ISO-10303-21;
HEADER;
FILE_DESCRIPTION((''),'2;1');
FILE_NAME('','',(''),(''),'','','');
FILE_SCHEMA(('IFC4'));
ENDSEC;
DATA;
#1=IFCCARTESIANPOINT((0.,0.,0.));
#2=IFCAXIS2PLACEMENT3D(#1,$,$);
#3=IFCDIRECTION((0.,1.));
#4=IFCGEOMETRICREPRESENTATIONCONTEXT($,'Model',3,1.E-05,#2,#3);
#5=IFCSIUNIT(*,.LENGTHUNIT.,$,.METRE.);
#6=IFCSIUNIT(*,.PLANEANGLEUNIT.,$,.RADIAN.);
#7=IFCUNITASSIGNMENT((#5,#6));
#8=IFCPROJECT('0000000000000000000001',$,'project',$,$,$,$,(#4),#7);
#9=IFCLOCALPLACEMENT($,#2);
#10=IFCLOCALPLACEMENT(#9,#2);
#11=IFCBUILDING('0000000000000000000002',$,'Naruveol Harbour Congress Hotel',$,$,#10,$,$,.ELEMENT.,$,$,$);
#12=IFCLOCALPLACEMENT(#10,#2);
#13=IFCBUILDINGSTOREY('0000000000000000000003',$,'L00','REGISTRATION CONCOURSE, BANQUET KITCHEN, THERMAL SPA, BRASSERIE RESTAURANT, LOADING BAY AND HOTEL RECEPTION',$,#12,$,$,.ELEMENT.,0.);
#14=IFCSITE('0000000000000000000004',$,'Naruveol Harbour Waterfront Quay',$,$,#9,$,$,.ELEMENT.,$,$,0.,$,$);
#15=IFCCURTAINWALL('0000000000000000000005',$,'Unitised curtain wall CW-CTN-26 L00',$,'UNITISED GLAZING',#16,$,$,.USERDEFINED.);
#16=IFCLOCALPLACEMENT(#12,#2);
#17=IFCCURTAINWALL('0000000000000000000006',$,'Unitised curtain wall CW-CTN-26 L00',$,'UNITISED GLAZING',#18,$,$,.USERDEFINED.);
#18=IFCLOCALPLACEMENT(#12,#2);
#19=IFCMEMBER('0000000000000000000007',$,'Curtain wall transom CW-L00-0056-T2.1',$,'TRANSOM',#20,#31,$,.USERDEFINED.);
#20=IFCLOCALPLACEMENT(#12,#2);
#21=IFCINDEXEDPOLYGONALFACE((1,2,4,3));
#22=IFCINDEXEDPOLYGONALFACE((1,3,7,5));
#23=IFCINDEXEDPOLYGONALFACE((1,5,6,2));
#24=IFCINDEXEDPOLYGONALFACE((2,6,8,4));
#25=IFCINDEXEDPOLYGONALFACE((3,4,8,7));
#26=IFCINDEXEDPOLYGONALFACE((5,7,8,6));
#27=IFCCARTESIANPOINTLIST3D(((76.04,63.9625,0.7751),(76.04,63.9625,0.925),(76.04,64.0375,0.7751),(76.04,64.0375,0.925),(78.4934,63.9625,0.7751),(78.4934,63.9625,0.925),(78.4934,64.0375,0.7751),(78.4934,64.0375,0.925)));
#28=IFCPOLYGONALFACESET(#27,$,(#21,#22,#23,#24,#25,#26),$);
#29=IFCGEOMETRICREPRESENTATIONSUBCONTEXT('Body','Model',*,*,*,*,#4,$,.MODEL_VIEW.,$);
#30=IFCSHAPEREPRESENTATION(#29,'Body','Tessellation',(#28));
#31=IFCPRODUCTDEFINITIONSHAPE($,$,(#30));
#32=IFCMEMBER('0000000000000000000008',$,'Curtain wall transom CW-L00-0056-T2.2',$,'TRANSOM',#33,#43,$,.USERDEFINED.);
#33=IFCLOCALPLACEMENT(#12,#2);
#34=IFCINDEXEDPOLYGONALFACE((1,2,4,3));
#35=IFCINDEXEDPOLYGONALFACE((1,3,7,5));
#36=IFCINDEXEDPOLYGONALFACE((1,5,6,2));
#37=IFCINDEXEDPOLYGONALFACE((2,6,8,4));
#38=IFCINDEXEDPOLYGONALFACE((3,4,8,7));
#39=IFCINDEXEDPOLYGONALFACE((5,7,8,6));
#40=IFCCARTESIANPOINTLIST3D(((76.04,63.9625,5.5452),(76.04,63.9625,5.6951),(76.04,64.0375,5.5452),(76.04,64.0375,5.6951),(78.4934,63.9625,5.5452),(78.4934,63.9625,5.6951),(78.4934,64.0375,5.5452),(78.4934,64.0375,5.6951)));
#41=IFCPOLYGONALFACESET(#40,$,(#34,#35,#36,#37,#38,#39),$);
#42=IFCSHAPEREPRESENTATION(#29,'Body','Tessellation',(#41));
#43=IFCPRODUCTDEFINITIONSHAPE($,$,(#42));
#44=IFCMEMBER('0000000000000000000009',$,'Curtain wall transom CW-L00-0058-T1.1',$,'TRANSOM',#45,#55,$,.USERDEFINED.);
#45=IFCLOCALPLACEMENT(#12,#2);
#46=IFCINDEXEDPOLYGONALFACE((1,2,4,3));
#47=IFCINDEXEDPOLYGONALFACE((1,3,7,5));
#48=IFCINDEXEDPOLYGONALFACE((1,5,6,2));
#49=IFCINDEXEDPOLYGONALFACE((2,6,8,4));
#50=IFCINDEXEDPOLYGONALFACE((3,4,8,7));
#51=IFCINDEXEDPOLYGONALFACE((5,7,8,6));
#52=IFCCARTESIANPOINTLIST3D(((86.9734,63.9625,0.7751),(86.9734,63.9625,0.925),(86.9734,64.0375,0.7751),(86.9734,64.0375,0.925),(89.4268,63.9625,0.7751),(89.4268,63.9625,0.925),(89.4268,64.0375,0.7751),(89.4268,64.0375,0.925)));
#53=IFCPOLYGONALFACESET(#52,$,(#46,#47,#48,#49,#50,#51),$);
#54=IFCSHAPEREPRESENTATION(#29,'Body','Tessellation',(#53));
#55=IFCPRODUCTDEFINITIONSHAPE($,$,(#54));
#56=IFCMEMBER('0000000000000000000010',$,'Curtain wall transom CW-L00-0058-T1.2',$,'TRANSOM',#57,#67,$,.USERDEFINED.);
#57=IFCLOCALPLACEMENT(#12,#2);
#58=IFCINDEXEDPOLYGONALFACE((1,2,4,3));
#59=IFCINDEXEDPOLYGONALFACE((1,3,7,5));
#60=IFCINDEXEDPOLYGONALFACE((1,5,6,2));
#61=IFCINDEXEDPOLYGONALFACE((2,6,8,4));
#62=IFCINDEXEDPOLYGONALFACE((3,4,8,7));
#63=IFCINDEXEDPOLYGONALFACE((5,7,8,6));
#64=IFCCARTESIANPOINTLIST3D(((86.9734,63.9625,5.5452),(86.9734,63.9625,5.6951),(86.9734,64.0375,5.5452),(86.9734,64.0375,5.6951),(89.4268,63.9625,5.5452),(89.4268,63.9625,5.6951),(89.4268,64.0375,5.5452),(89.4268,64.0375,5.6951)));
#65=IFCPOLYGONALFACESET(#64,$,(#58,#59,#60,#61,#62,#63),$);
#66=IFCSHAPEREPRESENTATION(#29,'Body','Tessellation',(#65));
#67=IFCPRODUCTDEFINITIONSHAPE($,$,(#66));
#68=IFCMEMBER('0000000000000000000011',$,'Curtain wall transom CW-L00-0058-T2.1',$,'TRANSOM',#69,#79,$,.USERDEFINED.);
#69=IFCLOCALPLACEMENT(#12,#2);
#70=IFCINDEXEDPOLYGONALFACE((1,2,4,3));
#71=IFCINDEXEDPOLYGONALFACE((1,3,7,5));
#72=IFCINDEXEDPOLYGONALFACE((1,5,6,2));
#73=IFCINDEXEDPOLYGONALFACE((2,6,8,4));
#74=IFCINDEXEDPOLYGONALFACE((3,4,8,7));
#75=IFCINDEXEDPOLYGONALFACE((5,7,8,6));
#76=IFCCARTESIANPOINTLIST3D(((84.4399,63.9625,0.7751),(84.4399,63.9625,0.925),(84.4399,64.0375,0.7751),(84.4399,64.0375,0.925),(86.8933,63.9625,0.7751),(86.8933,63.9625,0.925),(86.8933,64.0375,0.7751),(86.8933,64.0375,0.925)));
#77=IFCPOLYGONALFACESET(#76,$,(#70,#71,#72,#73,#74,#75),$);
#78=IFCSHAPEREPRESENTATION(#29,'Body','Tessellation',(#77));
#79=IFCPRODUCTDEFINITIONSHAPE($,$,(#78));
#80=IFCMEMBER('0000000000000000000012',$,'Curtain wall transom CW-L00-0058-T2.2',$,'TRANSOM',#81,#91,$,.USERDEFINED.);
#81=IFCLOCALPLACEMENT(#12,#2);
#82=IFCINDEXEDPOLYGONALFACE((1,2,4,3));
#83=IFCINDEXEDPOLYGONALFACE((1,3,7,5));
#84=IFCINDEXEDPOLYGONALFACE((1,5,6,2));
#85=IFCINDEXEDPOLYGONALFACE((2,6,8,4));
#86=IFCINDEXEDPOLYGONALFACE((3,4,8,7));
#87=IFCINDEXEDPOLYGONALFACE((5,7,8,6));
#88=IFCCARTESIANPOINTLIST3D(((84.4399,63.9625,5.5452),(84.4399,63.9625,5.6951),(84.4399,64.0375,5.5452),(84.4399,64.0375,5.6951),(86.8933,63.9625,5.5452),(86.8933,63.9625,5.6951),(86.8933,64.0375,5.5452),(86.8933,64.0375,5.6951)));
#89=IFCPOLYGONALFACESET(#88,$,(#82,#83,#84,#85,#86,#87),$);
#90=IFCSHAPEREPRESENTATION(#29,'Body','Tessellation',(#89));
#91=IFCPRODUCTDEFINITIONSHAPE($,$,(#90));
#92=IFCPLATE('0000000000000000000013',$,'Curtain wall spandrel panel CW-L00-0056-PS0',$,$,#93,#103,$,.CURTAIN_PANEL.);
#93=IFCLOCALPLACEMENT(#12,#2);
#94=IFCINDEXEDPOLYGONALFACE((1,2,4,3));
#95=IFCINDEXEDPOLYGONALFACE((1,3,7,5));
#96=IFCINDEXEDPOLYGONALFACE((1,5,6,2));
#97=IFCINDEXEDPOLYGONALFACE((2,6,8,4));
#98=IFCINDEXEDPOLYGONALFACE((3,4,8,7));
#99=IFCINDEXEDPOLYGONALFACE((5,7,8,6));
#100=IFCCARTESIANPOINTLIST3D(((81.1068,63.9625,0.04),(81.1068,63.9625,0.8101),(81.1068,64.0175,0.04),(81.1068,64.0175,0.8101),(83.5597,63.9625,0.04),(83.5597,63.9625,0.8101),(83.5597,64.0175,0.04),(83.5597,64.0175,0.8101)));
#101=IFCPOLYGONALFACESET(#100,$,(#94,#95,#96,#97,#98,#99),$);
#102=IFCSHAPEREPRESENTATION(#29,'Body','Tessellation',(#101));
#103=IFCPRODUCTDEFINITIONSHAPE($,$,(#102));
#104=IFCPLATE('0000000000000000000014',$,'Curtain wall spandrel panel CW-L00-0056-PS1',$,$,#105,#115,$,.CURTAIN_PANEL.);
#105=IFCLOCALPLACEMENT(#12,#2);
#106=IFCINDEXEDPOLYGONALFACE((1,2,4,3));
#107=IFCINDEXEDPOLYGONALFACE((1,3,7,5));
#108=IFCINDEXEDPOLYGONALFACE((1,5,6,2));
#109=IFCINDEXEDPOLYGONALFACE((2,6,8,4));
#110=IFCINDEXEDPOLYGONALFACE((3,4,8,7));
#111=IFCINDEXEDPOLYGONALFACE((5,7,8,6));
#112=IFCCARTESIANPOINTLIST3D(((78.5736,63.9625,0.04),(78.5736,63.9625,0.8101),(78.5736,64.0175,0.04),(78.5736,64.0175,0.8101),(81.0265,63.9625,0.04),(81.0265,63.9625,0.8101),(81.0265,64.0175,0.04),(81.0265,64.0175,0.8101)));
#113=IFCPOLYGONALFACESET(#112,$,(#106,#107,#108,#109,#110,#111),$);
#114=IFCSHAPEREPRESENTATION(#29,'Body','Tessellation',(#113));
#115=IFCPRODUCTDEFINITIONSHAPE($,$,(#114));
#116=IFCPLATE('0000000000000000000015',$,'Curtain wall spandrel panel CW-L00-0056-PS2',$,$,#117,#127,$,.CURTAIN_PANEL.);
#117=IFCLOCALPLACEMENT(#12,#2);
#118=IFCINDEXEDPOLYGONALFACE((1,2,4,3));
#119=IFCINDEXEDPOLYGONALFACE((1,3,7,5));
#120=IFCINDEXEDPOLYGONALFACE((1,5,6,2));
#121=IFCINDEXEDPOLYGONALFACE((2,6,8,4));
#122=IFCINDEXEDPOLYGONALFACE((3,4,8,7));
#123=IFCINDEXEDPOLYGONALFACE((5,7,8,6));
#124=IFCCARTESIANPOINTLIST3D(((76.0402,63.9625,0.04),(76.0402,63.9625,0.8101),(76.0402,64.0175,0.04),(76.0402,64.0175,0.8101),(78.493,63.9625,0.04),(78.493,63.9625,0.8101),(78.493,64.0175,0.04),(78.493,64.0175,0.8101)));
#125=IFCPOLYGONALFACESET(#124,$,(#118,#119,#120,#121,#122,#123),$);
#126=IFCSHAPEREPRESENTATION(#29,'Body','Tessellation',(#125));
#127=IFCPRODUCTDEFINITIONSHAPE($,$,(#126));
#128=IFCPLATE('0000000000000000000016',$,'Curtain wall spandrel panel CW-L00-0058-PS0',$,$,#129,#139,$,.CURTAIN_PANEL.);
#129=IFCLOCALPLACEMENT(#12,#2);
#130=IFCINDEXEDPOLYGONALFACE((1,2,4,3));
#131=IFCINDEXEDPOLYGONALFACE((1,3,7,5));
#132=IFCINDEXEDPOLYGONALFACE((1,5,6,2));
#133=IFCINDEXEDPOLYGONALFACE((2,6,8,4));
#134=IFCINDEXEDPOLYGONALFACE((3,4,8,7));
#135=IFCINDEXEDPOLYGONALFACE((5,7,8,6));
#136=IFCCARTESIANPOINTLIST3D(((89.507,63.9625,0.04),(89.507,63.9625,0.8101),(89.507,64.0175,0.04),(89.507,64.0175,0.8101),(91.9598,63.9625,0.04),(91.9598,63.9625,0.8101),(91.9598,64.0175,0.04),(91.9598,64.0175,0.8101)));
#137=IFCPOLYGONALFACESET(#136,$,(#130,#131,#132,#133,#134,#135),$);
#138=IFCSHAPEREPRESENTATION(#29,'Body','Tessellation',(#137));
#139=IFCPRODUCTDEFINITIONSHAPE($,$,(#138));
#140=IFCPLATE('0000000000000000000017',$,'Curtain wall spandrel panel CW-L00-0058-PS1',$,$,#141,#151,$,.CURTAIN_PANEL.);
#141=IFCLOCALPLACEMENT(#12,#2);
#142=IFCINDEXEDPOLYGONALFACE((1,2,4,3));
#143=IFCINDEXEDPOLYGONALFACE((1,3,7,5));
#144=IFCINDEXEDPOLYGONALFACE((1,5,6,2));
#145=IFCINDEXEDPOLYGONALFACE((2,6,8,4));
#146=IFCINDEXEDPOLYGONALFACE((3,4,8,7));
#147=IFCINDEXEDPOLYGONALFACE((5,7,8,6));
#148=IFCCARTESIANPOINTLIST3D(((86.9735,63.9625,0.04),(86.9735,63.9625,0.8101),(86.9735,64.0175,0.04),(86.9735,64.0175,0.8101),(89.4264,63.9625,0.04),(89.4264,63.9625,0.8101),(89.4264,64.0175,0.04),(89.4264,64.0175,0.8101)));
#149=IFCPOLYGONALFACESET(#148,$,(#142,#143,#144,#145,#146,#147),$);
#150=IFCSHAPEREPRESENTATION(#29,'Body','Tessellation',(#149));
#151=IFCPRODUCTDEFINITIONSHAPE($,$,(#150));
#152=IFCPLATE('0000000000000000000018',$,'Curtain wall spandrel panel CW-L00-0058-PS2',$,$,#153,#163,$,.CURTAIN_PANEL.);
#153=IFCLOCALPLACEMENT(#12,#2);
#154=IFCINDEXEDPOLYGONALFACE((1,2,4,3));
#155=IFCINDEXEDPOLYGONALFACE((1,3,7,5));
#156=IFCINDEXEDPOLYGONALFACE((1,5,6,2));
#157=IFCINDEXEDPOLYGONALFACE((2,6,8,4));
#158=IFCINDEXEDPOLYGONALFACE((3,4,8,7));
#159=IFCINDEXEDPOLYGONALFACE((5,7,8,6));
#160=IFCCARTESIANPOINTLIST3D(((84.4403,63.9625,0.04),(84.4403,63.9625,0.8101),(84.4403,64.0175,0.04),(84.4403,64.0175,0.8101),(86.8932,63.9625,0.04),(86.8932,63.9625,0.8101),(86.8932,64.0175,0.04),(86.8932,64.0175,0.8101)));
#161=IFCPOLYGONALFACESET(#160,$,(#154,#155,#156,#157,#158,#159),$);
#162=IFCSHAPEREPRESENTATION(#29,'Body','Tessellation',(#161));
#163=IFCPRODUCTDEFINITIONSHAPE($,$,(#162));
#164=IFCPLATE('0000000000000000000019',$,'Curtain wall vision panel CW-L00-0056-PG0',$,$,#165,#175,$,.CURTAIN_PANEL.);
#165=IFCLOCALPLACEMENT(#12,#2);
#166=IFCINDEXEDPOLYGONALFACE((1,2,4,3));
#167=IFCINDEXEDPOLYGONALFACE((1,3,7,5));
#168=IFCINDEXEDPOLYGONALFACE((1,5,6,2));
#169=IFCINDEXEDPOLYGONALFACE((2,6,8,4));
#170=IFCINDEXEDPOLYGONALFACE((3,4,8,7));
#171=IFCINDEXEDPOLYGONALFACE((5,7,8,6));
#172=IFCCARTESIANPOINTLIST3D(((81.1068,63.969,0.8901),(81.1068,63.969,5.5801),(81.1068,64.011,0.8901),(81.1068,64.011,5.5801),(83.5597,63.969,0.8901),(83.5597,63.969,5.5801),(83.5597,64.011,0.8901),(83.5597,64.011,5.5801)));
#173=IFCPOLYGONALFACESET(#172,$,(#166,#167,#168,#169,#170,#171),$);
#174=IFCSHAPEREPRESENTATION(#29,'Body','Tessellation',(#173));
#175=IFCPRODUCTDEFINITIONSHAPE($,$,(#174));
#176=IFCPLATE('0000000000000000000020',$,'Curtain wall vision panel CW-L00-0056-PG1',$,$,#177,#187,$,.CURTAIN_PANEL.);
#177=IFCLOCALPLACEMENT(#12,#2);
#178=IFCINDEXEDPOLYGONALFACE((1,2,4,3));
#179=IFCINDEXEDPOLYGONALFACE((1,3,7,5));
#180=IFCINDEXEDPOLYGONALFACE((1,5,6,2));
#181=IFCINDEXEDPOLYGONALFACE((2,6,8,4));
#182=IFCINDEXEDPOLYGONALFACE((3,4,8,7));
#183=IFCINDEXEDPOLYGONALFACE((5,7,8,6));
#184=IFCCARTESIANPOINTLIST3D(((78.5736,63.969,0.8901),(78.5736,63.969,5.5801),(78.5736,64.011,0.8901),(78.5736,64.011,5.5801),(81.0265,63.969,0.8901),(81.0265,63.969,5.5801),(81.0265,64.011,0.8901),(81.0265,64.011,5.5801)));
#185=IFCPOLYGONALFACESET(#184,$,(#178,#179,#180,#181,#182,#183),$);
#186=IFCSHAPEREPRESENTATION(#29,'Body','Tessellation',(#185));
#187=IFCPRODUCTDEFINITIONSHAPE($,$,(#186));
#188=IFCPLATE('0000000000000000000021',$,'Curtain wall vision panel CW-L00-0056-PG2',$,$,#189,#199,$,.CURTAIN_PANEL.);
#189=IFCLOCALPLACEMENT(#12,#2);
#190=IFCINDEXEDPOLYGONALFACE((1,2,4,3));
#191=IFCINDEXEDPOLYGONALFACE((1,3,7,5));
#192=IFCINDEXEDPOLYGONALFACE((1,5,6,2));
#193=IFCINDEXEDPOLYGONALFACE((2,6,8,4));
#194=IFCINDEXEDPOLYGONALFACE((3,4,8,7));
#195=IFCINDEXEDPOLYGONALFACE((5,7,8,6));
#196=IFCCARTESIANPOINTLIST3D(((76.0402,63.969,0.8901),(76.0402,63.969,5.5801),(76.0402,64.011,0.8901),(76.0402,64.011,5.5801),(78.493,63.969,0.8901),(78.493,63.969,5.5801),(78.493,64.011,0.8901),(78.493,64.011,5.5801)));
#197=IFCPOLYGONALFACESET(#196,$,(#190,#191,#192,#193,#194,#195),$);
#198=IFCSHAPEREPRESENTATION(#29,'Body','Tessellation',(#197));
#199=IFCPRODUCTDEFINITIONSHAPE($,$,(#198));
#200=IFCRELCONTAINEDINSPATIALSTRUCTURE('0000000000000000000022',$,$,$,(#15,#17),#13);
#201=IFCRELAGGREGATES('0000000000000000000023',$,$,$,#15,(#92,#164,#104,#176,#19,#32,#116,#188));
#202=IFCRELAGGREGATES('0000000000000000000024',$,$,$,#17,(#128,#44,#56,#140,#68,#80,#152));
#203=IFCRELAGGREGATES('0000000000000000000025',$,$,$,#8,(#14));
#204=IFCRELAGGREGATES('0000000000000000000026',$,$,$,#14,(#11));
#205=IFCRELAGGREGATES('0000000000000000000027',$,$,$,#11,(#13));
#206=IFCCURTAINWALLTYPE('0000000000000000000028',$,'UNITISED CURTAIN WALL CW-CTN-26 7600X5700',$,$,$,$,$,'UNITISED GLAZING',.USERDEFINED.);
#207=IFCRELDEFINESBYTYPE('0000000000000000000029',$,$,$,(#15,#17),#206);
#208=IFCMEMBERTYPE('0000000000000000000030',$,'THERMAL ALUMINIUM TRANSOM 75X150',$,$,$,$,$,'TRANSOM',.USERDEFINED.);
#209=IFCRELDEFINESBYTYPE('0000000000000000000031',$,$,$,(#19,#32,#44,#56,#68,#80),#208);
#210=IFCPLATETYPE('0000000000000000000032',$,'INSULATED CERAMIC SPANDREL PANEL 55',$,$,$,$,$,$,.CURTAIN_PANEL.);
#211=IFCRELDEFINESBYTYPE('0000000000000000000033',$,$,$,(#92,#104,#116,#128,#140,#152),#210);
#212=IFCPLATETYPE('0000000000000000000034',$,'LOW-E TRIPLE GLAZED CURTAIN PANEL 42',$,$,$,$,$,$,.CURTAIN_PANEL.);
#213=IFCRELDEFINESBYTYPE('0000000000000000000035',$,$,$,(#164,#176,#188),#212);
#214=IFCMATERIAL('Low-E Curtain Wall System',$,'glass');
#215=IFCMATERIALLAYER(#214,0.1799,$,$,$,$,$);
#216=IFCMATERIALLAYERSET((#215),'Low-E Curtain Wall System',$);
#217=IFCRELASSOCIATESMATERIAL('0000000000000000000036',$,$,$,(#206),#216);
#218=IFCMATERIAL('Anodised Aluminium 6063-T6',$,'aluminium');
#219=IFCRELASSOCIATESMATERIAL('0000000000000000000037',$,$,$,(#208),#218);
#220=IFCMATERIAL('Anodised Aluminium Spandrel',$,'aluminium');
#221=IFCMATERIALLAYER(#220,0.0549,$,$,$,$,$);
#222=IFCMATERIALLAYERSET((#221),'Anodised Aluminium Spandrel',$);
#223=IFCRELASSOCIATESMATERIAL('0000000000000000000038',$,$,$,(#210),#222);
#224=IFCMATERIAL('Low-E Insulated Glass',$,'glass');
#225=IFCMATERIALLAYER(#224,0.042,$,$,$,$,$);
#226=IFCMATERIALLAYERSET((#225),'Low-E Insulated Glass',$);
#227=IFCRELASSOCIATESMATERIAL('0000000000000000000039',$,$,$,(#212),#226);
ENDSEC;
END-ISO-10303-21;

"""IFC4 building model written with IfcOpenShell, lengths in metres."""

from ifc_helpers import new_model, si_unit, direction, frame, origin, origin_2d, place, context, subcontext, project, spatial, rectangle, extrude, material, layer, layer_set, material_profile, profile_set, type_object, element, aggregate, save


model = new_model("IFC4")

# Units and contexts
model_context = context("Model", 3, precision=1e-05, world=origin(), true_north=direction((0.0, 1.0)))
body_context = subcontext(model_context, "Body", "Model", "MODEL_VIEW")
ifc_project = project(units=[si_unit("LENGTHUNIT", "METRE"), si_unit("PLANEANGLEUNIT", "RADIAN")], contexts=[model_context])

# Site, building, storey
site_placement = place(None, origin())
site = spatial("IfcSite", under=ifc_project, at=site_placement, Name="Naruveol Harbour Waterfront Quay", CompositionType="ELEMENT", RefElevation=0.0)
building_placement = place(site_placement, origin())
building = spatial("IfcBuilding", under=site, at=building_placement, Name="Naruveol Harbour Congress Hotel", CompositionType="ELEMENT")
storey_placement = place(building_placement, origin())
storey = spatial("IfcBuildingStorey", under=building, at=storey_placement, Name="L00", Description="REGISTRATION CONCOURSE, BANQUET KITCHEN, THERMAL SPA, BRASSERIE RESTAURANT, LOADING BAY AND HOTEL RECEPTION", CompositionType="ELEMENT", Elevation=0.0)

# Curtain walls
ifc_material_1 = material(Name="Low-E Curtain Wall System", Category="glass")
ifc_layer_1 = layer(ifc_material_1, 0.1799)
ifc_layer_set_1 = layer_set([ifc_layer_1], Name="Low-E Curtain Wall System")
curtain_wall_type = type_object("IfcCurtainWallType", Name="UNITISED CURTAIN WALL CW-CTN-26 7600X5700", ElementType="UNITISED GLAZING", PredefinedType="USERDEFINED", material=ifc_layer_set_1)
curtain_wall_1_placement = place(storey_placement, origin())
curtain_wall_1 = element("IfcCurtainWall", 1, at=curtain_wall_1_placement, inside=storey, type_object=curtain_wall_type, Name="Unitised curtain wall CW-CTN-26 L00", ObjectType="UNITISED GLAZING", PredefinedType="USERDEFINED")
curtain_wall_2_placement = place(storey_placement, origin())
curtain_wall_2 = element("IfcCurtainWall", 2, at=curtain_wall_2_placement, inside=storey, type_object=curtain_wall_type, Name="Unitised curtain wall CW-CTN-26 L00", ObjectType="UNITISED GLAZING", PredefinedType="USERDEFINED")

# Members
ifc_material_2 = material(Name="Anodised Aluminium 6063-T6", Category="aluminium")
ifc_material_profile_1 = material_profile(ifc_material_2, rectangle(XDim=0.075, YDim=0.1499, at=origin_2d()), Name="ALU-75x150")
ifc_profile_set_1 = profile_set([ifc_material_profile_1], Name="Anodised Aluminium 6063-T6")
member_type_1 = type_object("IfcMemberType", Name="THERMAL ALUMINIUM TRANSOM 75X150", ElementType="TRANSOM", PredefinedType="USERDEFINED", material=ifc_profile_set_1)
member_1_placement = place(storey_placement, frame((78.4934, 64.0, 0.8501), z_axis=(-1.0, 0.0, 0.0), x_axis=(0.0, -1.0, 0.0)))
member_1 = element("IfcMember", 3, at=member_1_placement, type_object=member_type_1, Name="Curtain wall transom CW-L00-0056-T2.1", ObjectType="TRANSOM", PredefinedType="USERDEFINED", context=body_context, shape_type="SweptSolid", body=[
    extrude(rectangle(XDim=0.075, YDim=0.1499, at=origin_2d()), origin(), (0.0, 0.0, 1.0), 2.4534),
])
member_2_placement = place(storey_placement, frame((78.4934, 64.0, 5.6201), z_axis=(-1.0, 0.0, 0.0), x_axis=(0.0, -1.0, 0.0)))
member_2 = element("IfcMember", 4, at=member_2_placement, type_object=member_type_1, Name="Curtain wall transom CW-L00-0056-T2.2", ObjectType="TRANSOM", PredefinedType="USERDEFINED", context=body_context, shape_type="SweptSolid", body=[
    extrude(rectangle(XDim=0.075, YDim=0.1499, at=origin_2d()), origin(), (0.0, 0.0, 1.0), 2.4534),
])
member_3_placement = place(storey_placement, frame((89.4268, 64.0, 0.8501), z_axis=(-1.0, 0.0, 0.0), x_axis=(0.0, -1.0, 0.0)))
member_3 = element("IfcMember", 5, at=member_3_placement, type_object=member_type_1, Name="Curtain wall transom CW-L00-0058-T1.1", ObjectType="TRANSOM", PredefinedType="USERDEFINED", context=body_context, shape_type="SweptSolid", body=[
    extrude(rectangle(XDim=0.075, YDim=0.1499, at=origin_2d()), origin(), (0.0, 0.0, 1.0), 2.4534),
])
member_4_placement = place(storey_placement, frame((89.4268, 64.0, 5.6201), z_axis=(-1.0, 0.0, 0.0), x_axis=(0.0, -1.0, 0.0)))
member_4 = element("IfcMember", 6, at=member_4_placement, type_object=member_type_1, Name="Curtain wall transom CW-L00-0058-T1.2", ObjectType="TRANSOM", PredefinedType="USERDEFINED", context=body_context, shape_type="SweptSolid", body=[
    extrude(rectangle(XDim=0.075, YDim=0.1499, at=origin_2d()), origin(), (0.0, 0.0, 1.0), 2.4534),
])
member_5_placement = place(storey_placement, frame((86.8933, 64.0, 0.8501), z_axis=(-1.0, 0.0, 0.0), x_axis=(0.0, -1.0, 0.0)))
member_5 = element("IfcMember", 7, at=member_5_placement, type_object=member_type_1, Name="Curtain wall transom CW-L00-0058-T2.1", ObjectType="TRANSOM", PredefinedType="USERDEFINED", context=body_context, shape_type="SweptSolid", body=[
    extrude(rectangle(XDim=0.075, YDim=0.1499, at=origin_2d()), origin(), (0.0, 0.0, 1.0), 2.4534),
])
member_6_placement = place(storey_placement, frame((86.8933, 64.0, 5.6201), z_axis=(-1.0, 0.0, 0.0), x_axis=(0.0, -1.0, 0.0)))
member_6 = element("IfcMember", 8, at=member_6_placement, type_object=member_type_1, Name="Curtain wall transom CW-L00-0058-T2.2", ObjectType="TRANSOM", PredefinedType="USERDEFINED", context=body_context, shape_type="SweptSolid", body=[
    extrude(rectangle(XDim=0.075, YDim=0.1499, at=origin_2d()), origin(), (0.0, 0.0, 1.0), 2.4534),
])

# Plates
ifc_material_3 = material(Name="Anodised Aluminium Spandrel", Category="aluminium")
ifc_layer_2 = layer(ifc_material_3, 0.0549)
ifc_layer_set_2 = layer_set([ifc_layer_2], Name="Anodised Aluminium Spandrel")
plate_type_1 = type_object("IfcPlateType", Name="INSULATED CERAMIC SPANDREL PANEL 55", PredefinedType="CURTAIN_PANEL", material=ifc_layer_set_2)
plate_1_placement = place(storey_placement, frame((82.3333, 63.99, 0.04), z_axis=(0.0, 0.0, 1.0), x_axis=(-1.0, 0.0, 0.0)))
plate_1 = element("IfcPlate", 9, at=plate_1_placement, type_object=plate_type_1, Name="Curtain wall spandrel panel CW-L00-0056-PS0", PredefinedType="CURTAIN_PANEL", context=body_context, shape_type="SweptSolid", body=[
    extrude(rectangle(XDim=2.4529, YDim=0.0549, at=origin_2d()), origin(), (0.0, 0.0, 1.0), 0.77),
])
plate_2_placement = place(storey_placement, frame((79.8, 63.99, 0.04), z_axis=(0.0, 0.0, 1.0), x_axis=(-1.0, 0.0, 0.0)))
plate_2 = element("IfcPlate", 10, at=plate_2_placement, type_object=plate_type_1, Name="Curtain wall spandrel panel CW-L00-0056-PS1", PredefinedType="CURTAIN_PANEL", context=body_context, shape_type="SweptSolid", body=[
    extrude(rectangle(XDim=2.4529, YDim=0.0549, at=origin_2d()), origin(), (0.0, 0.0, 1.0), 0.77),
])
plate_3_placement = place(storey_placement, frame((77.2666, 63.99, 0.04), z_axis=(0.0, 0.0, 1.0), x_axis=(-1.0, 0.0, 0.0)))
plate_3 = element("IfcPlate", 11, at=plate_3_placement, type_object=plate_type_1, Name="Curtain wall spandrel panel CW-L00-0056-PS2", PredefinedType="CURTAIN_PANEL", context=body_context, shape_type="SweptSolid", body=[
    extrude(rectangle(XDim=2.4529, YDim=0.0549, at=origin_2d()), origin(), (0.0, 0.0, 1.0), 0.77),
])
plate_4_placement = place(storey_placement, frame((90.7334, 63.99, 0.04), z_axis=(0.0, 0.0, 1.0), x_axis=(-1.0, 0.0, 0.0)))
plate_4 = element("IfcPlate", 12, at=plate_4_placement, type_object=plate_type_1, Name="Curtain wall spandrel panel CW-L00-0058-PS0", PredefinedType="CURTAIN_PANEL", context=body_context, shape_type="SweptSolid", body=[
    extrude(rectangle(XDim=2.4529, YDim=0.0549, at=origin_2d()), origin(), (0.0, 0.0, 1.0), 0.77),
])
plate_5_placement = place(storey_placement, frame((88.2, 63.99, 0.04), z_axis=(0.0, 0.0, 1.0), x_axis=(-1.0, 0.0, 0.0)))
plate_5 = element("IfcPlate", 13, at=plate_5_placement, type_object=plate_type_1, Name="Curtain wall spandrel panel CW-L00-0058-PS1", PredefinedType="CURTAIN_PANEL", context=body_context, shape_type="SweptSolid", body=[
    extrude(rectangle(XDim=2.4529, YDim=0.0549, at=origin_2d()), origin(), (0.0, 0.0, 1.0), 0.77),
])
plate_6_placement = place(storey_placement, frame((85.6667, 63.99, 0.04), z_axis=(0.0, 0.0, 1.0), x_axis=(-1.0, 0.0, 0.0)))
plate_6 = element("IfcPlate", 14, at=plate_6_placement, type_object=plate_type_1, Name="Curtain wall spandrel panel CW-L00-0058-PS2", PredefinedType="CURTAIN_PANEL", context=body_context, shape_type="SweptSolid", body=[
    extrude(rectangle(XDim=2.4529, YDim=0.0549, at=origin_2d()), origin(), (0.0, 0.0, 1.0), 0.77),
])
ifc_material_4 = material(Name="Low-E Insulated Glass", Category="glass")
ifc_layer_3 = layer(ifc_material_4, 0.042)
ifc_layer_set_3 = layer_set([ifc_layer_3], Name="Low-E Insulated Glass")
plate_type_2 = type_object("IfcPlateType", Name="LOW-E TRIPLE GLAZED CURTAIN PANEL 42", PredefinedType="CURTAIN_PANEL", material=ifc_layer_set_3)
plate_7_placement = place(storey_placement, frame((82.3333, 63.99, 0.8901), z_axis=(0.0, 0.0, 1.0), x_axis=(-1.0, 0.0, 0.0)))
plate_7 = element("IfcPlate", 15, at=plate_7_placement, type_object=plate_type_2, Name="Curtain wall vision panel CW-L00-0056-PG0", PredefinedType="CURTAIN_PANEL", context=body_context, shape_type="SweptSolid", body=[
    extrude(rectangle(XDim=2.4529, YDim=0.042, at=origin_2d()), origin(), (0.0, 0.0, 1.0), 4.6899),
])
plate_8_placement = place(storey_placement, frame((79.8, 63.99, 0.8901), z_axis=(0.0, 0.0, 1.0), x_axis=(-1.0, 0.0, 0.0)))
plate_8 = element("IfcPlate", 16, at=plate_8_placement, type_object=plate_type_2, Name="Curtain wall vision panel CW-L00-0056-PG1", PredefinedType="CURTAIN_PANEL", context=body_context, shape_type="SweptSolid", body=[
    extrude(rectangle(XDim=2.4529, YDim=0.042, at=origin_2d()), origin(), (0.0, 0.0, 1.0), 4.6899),
])
plate_9_placement = place(storey_placement, frame((77.2666, 63.99, 0.8901), z_axis=(0.0, 0.0, 1.0), x_axis=(-1.0, 0.0, 0.0)))
plate_9 = element("IfcPlate", 17, at=plate_9_placement, type_object=plate_type_2, Name="Curtain wall vision panel CW-L00-0056-PG2", PredefinedType="CURTAIN_PANEL", context=body_context, shape_type="SweptSolid", body=[
    extrude(rectangle(XDim=2.4529, YDim=0.042, at=origin_2d()), origin(), (0.0, 0.0, 1.0), 4.6899),
])
aggregate(curtain_wall_1, [plate_1, plate_7, plate_2, plate_8, member_1, member_2, plate_3, plate_9])
aggregate(curtain_wall_2, [plate_4, member_3, member_4, plate_5, member_5, member_6, plate_6])

save(model, "model.ifc")
